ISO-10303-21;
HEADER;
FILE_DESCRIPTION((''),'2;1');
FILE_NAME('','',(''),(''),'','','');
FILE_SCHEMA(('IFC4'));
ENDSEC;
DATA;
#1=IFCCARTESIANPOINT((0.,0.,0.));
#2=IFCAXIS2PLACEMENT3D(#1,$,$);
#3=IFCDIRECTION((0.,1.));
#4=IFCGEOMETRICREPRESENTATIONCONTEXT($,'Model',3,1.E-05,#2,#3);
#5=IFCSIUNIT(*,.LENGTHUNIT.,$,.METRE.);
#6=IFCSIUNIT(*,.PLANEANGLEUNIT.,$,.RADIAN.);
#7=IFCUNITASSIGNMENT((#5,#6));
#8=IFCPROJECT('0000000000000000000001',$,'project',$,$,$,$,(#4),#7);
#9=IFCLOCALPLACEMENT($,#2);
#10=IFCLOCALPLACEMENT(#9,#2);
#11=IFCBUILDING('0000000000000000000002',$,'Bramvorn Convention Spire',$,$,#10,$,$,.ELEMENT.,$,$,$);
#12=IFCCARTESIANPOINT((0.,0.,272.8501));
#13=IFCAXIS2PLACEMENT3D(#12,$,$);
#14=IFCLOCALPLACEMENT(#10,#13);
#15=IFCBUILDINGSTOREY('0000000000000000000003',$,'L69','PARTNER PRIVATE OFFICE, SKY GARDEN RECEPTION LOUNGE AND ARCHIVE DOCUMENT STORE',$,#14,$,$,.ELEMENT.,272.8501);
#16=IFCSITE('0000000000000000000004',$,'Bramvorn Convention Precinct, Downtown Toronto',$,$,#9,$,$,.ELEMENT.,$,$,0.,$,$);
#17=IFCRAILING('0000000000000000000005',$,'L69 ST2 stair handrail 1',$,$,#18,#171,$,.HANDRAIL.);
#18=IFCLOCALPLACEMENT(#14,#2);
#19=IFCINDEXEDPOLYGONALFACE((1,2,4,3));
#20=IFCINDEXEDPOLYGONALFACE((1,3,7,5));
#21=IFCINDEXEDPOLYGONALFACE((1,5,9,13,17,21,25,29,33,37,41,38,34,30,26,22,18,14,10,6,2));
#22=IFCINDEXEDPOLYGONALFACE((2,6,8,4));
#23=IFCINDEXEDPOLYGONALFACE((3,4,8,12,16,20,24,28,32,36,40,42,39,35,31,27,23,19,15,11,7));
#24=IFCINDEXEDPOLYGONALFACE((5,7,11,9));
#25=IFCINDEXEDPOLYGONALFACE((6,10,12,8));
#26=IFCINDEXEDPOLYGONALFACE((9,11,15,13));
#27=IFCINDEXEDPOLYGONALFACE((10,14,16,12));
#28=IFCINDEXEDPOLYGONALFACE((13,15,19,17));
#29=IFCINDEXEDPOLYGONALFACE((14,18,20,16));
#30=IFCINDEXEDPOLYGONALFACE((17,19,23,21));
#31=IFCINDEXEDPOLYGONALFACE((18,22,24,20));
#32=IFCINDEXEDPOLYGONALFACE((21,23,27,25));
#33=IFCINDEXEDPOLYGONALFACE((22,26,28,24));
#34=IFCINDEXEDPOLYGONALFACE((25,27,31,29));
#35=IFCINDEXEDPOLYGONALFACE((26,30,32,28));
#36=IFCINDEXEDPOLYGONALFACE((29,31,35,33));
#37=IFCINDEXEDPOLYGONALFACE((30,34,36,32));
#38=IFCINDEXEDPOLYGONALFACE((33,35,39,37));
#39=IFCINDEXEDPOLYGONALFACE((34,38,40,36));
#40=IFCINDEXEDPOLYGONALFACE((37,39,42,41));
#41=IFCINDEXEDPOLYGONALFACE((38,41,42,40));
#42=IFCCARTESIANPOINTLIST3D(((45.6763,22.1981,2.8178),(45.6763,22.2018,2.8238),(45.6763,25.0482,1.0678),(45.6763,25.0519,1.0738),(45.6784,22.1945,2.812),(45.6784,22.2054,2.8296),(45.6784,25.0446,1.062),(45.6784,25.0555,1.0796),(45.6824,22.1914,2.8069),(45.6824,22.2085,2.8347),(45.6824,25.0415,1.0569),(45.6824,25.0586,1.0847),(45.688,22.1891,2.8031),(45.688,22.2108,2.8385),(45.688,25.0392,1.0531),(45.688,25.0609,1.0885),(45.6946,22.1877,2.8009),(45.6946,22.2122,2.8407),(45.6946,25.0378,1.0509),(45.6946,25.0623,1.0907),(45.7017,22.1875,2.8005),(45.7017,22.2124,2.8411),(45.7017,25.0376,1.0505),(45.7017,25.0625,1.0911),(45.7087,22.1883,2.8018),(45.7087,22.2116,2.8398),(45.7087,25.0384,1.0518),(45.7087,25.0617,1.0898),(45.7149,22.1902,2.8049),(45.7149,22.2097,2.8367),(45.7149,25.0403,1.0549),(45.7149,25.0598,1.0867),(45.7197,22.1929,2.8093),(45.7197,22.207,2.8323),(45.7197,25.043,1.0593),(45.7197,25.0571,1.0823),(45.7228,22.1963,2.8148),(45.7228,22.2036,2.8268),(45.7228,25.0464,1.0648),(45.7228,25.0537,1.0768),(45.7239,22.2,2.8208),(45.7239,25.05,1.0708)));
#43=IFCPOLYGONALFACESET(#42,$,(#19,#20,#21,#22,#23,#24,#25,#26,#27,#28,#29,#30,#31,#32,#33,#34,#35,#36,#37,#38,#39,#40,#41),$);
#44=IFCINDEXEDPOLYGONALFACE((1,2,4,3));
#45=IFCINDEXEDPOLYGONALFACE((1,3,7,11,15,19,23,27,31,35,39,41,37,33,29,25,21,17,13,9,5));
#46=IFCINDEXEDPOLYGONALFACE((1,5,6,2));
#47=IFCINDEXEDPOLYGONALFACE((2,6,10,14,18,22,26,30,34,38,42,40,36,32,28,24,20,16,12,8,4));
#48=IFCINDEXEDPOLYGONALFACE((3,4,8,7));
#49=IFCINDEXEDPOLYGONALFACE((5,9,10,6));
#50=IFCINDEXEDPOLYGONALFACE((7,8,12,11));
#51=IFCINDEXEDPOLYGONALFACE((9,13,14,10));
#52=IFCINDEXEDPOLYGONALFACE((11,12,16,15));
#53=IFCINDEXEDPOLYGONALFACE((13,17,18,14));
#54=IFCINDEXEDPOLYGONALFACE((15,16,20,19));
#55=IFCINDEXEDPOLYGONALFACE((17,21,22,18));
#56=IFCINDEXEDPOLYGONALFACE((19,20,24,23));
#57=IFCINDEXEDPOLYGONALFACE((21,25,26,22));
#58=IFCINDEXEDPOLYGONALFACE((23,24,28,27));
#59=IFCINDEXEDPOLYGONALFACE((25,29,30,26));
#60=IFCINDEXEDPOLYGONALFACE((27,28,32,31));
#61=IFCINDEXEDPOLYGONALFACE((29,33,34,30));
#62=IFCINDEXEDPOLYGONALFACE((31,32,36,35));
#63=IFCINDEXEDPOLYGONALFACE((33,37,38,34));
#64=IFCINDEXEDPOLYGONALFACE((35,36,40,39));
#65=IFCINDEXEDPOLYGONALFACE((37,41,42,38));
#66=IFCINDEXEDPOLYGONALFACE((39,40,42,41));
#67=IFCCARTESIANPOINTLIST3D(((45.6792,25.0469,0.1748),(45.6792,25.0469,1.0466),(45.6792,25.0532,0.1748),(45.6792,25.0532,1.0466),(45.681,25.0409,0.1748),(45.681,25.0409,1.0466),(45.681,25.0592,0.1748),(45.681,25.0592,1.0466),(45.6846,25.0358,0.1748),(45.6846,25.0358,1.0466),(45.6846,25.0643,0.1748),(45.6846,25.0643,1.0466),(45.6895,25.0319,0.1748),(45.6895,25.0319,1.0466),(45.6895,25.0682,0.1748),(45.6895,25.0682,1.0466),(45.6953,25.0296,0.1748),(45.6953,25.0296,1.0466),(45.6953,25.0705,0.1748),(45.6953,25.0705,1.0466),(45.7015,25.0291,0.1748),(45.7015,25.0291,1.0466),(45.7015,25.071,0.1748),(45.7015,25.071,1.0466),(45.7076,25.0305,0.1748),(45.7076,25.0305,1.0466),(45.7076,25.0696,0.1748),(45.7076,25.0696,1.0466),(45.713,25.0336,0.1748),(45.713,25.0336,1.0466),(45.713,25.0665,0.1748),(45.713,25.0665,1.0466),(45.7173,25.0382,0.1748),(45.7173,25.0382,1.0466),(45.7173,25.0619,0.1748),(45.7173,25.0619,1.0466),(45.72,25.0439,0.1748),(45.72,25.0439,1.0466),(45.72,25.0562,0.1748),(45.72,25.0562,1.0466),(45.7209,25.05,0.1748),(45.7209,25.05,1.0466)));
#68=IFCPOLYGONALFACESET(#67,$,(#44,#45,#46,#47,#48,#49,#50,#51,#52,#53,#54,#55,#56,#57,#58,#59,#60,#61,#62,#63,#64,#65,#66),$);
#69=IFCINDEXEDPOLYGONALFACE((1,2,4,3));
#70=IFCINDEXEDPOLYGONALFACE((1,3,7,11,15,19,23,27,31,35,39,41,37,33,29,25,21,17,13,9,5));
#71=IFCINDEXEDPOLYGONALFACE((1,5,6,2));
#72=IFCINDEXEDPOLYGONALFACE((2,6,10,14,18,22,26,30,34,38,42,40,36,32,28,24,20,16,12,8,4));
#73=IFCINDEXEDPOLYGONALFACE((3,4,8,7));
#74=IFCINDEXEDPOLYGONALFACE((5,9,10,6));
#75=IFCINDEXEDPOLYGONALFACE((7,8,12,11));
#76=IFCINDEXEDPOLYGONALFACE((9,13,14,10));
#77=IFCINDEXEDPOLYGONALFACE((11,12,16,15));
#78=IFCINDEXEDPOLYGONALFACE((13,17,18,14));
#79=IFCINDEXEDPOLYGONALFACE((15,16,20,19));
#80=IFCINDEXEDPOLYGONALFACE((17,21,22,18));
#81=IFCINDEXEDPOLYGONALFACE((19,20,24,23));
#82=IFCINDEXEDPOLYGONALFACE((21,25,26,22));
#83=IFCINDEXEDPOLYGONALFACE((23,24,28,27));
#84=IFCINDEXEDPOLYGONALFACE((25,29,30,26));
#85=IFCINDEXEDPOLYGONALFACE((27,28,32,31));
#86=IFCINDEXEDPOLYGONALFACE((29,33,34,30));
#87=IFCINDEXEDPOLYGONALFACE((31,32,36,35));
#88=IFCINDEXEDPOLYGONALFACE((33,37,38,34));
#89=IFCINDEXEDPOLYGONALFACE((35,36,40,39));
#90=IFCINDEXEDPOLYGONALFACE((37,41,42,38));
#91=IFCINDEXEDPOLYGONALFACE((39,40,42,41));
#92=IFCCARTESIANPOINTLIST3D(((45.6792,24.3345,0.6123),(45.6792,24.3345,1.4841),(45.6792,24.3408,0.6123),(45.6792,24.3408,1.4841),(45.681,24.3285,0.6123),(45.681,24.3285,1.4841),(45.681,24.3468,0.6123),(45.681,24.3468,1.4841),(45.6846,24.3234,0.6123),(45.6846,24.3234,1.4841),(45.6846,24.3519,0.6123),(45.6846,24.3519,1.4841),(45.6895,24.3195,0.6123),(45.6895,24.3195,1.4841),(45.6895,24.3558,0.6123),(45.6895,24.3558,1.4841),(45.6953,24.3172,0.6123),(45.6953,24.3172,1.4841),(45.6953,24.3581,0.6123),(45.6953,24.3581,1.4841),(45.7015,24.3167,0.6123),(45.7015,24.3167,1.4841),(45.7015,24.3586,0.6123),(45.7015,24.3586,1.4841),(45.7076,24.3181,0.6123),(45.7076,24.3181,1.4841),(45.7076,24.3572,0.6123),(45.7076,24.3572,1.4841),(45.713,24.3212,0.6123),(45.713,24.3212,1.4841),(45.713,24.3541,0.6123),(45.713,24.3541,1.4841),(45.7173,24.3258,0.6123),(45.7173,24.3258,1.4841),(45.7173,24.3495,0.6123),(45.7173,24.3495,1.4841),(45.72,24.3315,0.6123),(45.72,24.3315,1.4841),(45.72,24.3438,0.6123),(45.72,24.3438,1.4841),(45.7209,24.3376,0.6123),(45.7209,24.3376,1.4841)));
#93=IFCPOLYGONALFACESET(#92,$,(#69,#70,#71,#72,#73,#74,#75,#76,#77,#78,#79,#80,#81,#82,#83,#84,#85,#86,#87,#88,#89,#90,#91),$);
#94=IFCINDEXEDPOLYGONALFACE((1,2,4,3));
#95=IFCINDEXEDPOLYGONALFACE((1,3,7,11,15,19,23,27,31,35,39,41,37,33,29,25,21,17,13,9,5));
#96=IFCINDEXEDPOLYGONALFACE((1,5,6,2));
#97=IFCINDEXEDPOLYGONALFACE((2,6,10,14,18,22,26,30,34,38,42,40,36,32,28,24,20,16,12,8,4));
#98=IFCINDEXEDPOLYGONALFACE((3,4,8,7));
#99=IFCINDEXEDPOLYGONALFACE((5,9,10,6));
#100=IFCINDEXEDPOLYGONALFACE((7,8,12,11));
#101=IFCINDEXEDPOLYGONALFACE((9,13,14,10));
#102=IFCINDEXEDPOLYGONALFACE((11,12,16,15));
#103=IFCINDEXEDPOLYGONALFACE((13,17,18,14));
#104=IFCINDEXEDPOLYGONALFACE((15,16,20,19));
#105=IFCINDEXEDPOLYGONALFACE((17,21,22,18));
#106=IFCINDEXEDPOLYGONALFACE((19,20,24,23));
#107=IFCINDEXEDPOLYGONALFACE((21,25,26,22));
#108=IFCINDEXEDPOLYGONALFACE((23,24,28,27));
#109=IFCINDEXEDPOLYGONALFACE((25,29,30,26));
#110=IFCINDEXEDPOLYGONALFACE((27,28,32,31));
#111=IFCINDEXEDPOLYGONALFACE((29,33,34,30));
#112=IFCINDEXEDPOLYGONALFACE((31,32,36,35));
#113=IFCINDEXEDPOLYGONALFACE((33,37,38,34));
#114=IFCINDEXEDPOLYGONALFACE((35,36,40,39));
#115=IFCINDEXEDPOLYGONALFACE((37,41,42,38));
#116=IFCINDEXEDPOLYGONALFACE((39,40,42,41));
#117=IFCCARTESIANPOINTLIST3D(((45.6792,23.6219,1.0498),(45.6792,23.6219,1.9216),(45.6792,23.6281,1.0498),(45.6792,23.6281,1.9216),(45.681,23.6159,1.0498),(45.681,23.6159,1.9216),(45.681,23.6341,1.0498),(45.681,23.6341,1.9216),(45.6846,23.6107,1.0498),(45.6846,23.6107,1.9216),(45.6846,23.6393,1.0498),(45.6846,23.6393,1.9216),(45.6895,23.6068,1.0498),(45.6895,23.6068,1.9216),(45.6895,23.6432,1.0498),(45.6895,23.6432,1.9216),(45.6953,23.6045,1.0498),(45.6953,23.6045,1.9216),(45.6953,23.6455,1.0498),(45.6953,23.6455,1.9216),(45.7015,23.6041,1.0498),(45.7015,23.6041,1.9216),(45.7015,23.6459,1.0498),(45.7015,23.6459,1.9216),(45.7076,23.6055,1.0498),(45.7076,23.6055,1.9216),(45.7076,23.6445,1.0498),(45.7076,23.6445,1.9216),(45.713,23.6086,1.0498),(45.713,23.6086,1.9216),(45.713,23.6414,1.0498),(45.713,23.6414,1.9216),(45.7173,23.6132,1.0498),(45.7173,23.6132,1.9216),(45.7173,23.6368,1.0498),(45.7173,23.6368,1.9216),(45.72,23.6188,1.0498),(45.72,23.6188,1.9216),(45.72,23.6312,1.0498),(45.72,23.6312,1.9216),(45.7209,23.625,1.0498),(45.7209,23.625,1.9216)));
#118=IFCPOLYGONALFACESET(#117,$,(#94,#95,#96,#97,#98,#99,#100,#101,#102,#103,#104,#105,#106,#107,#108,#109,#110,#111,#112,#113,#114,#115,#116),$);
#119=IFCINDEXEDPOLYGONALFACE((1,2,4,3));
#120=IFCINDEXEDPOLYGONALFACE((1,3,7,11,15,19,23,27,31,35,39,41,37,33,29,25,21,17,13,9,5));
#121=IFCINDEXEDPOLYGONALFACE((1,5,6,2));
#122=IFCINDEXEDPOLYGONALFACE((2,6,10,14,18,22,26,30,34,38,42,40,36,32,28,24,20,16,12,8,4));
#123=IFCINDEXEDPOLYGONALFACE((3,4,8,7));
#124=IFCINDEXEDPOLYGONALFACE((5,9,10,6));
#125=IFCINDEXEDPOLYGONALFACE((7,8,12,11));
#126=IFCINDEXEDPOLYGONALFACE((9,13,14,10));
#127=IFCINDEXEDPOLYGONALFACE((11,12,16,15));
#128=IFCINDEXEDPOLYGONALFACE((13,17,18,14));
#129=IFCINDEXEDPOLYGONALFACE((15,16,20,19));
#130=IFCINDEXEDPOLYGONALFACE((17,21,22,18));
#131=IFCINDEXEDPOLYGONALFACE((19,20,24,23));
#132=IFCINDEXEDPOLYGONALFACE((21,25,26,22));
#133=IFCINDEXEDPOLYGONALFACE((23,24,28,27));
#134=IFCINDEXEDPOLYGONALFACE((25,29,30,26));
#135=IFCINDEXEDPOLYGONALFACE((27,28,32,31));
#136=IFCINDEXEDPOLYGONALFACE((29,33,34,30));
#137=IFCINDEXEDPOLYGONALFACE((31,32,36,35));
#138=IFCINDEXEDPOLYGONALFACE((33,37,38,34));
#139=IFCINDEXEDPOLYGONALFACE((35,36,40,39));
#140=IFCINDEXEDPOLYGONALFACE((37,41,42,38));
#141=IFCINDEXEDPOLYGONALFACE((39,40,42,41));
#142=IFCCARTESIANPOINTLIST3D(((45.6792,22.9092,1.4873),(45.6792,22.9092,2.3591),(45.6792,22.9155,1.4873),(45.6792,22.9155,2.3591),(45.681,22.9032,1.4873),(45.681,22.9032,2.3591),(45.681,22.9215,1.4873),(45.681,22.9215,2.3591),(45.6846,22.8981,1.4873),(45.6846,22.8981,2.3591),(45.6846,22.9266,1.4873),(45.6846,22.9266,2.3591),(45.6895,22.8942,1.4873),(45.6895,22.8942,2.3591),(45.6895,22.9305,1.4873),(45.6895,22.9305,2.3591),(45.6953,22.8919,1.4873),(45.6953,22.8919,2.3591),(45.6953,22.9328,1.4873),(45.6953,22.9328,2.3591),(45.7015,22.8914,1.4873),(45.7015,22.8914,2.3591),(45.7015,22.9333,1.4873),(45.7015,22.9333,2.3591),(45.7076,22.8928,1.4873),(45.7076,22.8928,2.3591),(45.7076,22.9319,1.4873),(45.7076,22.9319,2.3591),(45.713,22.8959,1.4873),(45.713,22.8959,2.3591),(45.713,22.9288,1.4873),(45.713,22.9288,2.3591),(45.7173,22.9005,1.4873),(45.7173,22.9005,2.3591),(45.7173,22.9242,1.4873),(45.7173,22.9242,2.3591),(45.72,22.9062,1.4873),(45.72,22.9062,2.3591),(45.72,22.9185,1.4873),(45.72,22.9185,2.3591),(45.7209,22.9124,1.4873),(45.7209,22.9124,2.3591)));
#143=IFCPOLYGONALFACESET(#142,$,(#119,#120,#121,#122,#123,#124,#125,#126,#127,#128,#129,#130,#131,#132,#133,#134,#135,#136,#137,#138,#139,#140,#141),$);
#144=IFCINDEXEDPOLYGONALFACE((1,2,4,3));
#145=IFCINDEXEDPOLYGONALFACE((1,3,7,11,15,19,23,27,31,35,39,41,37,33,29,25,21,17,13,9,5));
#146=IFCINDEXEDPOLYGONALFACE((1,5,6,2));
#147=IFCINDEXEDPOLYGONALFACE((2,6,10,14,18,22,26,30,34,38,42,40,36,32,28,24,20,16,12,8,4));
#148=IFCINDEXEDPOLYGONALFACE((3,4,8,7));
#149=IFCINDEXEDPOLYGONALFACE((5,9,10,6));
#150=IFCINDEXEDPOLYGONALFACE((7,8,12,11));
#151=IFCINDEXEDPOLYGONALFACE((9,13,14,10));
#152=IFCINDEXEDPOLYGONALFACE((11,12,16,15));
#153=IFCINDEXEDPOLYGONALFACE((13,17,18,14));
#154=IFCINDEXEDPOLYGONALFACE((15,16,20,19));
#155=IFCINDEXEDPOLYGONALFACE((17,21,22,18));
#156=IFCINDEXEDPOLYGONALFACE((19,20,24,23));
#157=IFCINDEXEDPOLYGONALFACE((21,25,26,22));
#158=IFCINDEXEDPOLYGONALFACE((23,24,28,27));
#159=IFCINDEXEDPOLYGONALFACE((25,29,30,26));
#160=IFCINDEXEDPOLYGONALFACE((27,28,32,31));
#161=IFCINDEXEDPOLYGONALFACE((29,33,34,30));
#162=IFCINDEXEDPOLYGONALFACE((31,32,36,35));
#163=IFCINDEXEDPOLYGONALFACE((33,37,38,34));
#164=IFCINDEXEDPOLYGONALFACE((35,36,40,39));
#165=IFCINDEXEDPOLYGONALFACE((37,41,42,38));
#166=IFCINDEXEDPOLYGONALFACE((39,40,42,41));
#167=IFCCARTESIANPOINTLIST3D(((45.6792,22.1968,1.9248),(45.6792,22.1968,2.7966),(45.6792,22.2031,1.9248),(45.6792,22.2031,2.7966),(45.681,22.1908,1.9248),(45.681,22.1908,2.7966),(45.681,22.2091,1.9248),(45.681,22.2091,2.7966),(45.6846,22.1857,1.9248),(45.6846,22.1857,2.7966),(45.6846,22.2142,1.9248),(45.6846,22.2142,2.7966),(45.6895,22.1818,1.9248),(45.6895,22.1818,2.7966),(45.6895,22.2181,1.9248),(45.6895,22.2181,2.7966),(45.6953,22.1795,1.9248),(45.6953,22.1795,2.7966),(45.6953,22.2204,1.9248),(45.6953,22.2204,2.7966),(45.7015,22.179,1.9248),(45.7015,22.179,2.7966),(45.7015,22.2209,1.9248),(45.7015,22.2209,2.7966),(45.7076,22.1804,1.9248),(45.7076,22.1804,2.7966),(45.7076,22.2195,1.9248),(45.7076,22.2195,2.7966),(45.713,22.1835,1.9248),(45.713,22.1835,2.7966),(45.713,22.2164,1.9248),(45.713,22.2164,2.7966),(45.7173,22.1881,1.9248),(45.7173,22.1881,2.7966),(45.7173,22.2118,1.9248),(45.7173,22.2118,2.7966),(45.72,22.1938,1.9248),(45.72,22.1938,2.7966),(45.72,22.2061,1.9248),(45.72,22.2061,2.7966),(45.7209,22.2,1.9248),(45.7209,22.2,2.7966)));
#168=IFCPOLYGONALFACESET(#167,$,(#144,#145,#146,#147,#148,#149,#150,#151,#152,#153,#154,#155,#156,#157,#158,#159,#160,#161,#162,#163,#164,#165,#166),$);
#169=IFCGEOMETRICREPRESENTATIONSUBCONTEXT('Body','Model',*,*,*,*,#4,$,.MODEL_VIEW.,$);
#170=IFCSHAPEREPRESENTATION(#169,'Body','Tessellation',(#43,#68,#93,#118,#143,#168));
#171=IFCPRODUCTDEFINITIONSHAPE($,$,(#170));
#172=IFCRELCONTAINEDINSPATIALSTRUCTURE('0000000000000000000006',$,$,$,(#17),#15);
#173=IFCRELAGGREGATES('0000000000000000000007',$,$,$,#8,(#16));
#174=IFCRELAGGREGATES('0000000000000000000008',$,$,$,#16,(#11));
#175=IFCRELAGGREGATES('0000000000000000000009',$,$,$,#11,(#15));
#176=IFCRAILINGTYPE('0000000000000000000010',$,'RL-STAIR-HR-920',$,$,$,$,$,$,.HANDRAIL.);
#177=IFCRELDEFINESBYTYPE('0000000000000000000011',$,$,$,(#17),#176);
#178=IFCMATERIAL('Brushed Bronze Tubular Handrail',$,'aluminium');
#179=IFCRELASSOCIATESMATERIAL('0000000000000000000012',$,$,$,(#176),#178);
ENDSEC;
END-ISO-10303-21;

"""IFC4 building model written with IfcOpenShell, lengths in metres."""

from ifc_helpers import new_model, si_unit, direction, frame, origin, origin_2d, place, context, subcontext, project, spatial, circle, extrude, material, type_object, element, save


model = new_model("IFC4")

# Units and contexts
model_context = context("Model", 3, precision=1e-05, world=origin(), true_north=direction((0.0, 1.0)))
body_context = subcontext(model_context, "Body", "Model", "MODEL_VIEW")
ifc_project = project(units=[si_unit("LENGTHUNIT", "METRE"), si_unit("PLANEANGLEUNIT", "RADIAN")], contexts=[model_context])

# Site, building, storey
site_placement = place(None, origin())
site = spatial("IfcSite", under=ifc_project, at=site_placement, Name="Bramvorn Convention Precinct, Downtown Toronto", CompositionType="ELEMENT", RefElevation=0.0)
building_placement = place(site_placement, origin())
building = spatial("IfcBuilding", under=site, at=building_placement, Name="Bramvorn Convention Spire", CompositionType="ELEMENT")
storey_placement = place(building_placement, frame((0.0, 0.0, 272.8501)))
storey = spatial("IfcBuildingStorey", under=building, at=storey_placement, Name="L69", Description="PARTNER PRIVATE OFFICE, SKY GARDEN RECEPTION LOUNGE AND ARCHIVE DOCUMENT STORE", CompositionType="ELEMENT", Elevation=272.8501)

# Railing
ifc_material_1 = material(Name="Brushed Bronze Tubular Handrail", Category="aluminium")
railing_type_1 = type_object("IfcRailingType", Name="RL-STAIR-HR-920", PredefinedType="HANDRAIL", material=ifc_material_1)
railing_1_placement = place(storey_placement, frame((45.7, 25.05, 0.1748)))
element("IfcRailing", 1, at=railing_1_placement, inside=storey, type_object=railing_type_1, Name="L69 ST2 stair handrail 1", PredefinedType="HANDRAIL", context=body_context, shape_type="SweptSolid", body=[
    extrude(circle(Radius=0.0239, at=origin_2d()), frame((0.0, 0.0, 0.896), z_axis=(0.0, -0.852179, 0.52325), x_axis=(1.0, 0.0, 0.0)), (0.0, 0.0, 1.0), 3.3445),
    extrude(circle(Radius=0.021, at=origin_2d()), origin(), (0.0, 0.0, 1.0), 0.8718),
    extrude(circle(Radius=0.021, at=origin_2d()), frame((0.0, -0.7124, 0.4375)), (0.0, 0.0, 1.0), 0.8718),
    extrude(circle(Radius=0.021, at=origin_2d()), frame((0.0, -1.425, 0.875)), (0.0, 0.0, 1.0), 0.8718),
    extrude(circle(Radius=0.021, at=origin_2d()), frame((0.0, -2.1377, 1.3125)), (0.0, 0.0, 1.0), 0.8718),
    extrude(circle(Radius=0.021, at=origin_2d()), frame((0.0, -2.8501, 1.75)), (0.0, 0.0, 1.0), 0.8718),
])

save(model, "model.ifc")
